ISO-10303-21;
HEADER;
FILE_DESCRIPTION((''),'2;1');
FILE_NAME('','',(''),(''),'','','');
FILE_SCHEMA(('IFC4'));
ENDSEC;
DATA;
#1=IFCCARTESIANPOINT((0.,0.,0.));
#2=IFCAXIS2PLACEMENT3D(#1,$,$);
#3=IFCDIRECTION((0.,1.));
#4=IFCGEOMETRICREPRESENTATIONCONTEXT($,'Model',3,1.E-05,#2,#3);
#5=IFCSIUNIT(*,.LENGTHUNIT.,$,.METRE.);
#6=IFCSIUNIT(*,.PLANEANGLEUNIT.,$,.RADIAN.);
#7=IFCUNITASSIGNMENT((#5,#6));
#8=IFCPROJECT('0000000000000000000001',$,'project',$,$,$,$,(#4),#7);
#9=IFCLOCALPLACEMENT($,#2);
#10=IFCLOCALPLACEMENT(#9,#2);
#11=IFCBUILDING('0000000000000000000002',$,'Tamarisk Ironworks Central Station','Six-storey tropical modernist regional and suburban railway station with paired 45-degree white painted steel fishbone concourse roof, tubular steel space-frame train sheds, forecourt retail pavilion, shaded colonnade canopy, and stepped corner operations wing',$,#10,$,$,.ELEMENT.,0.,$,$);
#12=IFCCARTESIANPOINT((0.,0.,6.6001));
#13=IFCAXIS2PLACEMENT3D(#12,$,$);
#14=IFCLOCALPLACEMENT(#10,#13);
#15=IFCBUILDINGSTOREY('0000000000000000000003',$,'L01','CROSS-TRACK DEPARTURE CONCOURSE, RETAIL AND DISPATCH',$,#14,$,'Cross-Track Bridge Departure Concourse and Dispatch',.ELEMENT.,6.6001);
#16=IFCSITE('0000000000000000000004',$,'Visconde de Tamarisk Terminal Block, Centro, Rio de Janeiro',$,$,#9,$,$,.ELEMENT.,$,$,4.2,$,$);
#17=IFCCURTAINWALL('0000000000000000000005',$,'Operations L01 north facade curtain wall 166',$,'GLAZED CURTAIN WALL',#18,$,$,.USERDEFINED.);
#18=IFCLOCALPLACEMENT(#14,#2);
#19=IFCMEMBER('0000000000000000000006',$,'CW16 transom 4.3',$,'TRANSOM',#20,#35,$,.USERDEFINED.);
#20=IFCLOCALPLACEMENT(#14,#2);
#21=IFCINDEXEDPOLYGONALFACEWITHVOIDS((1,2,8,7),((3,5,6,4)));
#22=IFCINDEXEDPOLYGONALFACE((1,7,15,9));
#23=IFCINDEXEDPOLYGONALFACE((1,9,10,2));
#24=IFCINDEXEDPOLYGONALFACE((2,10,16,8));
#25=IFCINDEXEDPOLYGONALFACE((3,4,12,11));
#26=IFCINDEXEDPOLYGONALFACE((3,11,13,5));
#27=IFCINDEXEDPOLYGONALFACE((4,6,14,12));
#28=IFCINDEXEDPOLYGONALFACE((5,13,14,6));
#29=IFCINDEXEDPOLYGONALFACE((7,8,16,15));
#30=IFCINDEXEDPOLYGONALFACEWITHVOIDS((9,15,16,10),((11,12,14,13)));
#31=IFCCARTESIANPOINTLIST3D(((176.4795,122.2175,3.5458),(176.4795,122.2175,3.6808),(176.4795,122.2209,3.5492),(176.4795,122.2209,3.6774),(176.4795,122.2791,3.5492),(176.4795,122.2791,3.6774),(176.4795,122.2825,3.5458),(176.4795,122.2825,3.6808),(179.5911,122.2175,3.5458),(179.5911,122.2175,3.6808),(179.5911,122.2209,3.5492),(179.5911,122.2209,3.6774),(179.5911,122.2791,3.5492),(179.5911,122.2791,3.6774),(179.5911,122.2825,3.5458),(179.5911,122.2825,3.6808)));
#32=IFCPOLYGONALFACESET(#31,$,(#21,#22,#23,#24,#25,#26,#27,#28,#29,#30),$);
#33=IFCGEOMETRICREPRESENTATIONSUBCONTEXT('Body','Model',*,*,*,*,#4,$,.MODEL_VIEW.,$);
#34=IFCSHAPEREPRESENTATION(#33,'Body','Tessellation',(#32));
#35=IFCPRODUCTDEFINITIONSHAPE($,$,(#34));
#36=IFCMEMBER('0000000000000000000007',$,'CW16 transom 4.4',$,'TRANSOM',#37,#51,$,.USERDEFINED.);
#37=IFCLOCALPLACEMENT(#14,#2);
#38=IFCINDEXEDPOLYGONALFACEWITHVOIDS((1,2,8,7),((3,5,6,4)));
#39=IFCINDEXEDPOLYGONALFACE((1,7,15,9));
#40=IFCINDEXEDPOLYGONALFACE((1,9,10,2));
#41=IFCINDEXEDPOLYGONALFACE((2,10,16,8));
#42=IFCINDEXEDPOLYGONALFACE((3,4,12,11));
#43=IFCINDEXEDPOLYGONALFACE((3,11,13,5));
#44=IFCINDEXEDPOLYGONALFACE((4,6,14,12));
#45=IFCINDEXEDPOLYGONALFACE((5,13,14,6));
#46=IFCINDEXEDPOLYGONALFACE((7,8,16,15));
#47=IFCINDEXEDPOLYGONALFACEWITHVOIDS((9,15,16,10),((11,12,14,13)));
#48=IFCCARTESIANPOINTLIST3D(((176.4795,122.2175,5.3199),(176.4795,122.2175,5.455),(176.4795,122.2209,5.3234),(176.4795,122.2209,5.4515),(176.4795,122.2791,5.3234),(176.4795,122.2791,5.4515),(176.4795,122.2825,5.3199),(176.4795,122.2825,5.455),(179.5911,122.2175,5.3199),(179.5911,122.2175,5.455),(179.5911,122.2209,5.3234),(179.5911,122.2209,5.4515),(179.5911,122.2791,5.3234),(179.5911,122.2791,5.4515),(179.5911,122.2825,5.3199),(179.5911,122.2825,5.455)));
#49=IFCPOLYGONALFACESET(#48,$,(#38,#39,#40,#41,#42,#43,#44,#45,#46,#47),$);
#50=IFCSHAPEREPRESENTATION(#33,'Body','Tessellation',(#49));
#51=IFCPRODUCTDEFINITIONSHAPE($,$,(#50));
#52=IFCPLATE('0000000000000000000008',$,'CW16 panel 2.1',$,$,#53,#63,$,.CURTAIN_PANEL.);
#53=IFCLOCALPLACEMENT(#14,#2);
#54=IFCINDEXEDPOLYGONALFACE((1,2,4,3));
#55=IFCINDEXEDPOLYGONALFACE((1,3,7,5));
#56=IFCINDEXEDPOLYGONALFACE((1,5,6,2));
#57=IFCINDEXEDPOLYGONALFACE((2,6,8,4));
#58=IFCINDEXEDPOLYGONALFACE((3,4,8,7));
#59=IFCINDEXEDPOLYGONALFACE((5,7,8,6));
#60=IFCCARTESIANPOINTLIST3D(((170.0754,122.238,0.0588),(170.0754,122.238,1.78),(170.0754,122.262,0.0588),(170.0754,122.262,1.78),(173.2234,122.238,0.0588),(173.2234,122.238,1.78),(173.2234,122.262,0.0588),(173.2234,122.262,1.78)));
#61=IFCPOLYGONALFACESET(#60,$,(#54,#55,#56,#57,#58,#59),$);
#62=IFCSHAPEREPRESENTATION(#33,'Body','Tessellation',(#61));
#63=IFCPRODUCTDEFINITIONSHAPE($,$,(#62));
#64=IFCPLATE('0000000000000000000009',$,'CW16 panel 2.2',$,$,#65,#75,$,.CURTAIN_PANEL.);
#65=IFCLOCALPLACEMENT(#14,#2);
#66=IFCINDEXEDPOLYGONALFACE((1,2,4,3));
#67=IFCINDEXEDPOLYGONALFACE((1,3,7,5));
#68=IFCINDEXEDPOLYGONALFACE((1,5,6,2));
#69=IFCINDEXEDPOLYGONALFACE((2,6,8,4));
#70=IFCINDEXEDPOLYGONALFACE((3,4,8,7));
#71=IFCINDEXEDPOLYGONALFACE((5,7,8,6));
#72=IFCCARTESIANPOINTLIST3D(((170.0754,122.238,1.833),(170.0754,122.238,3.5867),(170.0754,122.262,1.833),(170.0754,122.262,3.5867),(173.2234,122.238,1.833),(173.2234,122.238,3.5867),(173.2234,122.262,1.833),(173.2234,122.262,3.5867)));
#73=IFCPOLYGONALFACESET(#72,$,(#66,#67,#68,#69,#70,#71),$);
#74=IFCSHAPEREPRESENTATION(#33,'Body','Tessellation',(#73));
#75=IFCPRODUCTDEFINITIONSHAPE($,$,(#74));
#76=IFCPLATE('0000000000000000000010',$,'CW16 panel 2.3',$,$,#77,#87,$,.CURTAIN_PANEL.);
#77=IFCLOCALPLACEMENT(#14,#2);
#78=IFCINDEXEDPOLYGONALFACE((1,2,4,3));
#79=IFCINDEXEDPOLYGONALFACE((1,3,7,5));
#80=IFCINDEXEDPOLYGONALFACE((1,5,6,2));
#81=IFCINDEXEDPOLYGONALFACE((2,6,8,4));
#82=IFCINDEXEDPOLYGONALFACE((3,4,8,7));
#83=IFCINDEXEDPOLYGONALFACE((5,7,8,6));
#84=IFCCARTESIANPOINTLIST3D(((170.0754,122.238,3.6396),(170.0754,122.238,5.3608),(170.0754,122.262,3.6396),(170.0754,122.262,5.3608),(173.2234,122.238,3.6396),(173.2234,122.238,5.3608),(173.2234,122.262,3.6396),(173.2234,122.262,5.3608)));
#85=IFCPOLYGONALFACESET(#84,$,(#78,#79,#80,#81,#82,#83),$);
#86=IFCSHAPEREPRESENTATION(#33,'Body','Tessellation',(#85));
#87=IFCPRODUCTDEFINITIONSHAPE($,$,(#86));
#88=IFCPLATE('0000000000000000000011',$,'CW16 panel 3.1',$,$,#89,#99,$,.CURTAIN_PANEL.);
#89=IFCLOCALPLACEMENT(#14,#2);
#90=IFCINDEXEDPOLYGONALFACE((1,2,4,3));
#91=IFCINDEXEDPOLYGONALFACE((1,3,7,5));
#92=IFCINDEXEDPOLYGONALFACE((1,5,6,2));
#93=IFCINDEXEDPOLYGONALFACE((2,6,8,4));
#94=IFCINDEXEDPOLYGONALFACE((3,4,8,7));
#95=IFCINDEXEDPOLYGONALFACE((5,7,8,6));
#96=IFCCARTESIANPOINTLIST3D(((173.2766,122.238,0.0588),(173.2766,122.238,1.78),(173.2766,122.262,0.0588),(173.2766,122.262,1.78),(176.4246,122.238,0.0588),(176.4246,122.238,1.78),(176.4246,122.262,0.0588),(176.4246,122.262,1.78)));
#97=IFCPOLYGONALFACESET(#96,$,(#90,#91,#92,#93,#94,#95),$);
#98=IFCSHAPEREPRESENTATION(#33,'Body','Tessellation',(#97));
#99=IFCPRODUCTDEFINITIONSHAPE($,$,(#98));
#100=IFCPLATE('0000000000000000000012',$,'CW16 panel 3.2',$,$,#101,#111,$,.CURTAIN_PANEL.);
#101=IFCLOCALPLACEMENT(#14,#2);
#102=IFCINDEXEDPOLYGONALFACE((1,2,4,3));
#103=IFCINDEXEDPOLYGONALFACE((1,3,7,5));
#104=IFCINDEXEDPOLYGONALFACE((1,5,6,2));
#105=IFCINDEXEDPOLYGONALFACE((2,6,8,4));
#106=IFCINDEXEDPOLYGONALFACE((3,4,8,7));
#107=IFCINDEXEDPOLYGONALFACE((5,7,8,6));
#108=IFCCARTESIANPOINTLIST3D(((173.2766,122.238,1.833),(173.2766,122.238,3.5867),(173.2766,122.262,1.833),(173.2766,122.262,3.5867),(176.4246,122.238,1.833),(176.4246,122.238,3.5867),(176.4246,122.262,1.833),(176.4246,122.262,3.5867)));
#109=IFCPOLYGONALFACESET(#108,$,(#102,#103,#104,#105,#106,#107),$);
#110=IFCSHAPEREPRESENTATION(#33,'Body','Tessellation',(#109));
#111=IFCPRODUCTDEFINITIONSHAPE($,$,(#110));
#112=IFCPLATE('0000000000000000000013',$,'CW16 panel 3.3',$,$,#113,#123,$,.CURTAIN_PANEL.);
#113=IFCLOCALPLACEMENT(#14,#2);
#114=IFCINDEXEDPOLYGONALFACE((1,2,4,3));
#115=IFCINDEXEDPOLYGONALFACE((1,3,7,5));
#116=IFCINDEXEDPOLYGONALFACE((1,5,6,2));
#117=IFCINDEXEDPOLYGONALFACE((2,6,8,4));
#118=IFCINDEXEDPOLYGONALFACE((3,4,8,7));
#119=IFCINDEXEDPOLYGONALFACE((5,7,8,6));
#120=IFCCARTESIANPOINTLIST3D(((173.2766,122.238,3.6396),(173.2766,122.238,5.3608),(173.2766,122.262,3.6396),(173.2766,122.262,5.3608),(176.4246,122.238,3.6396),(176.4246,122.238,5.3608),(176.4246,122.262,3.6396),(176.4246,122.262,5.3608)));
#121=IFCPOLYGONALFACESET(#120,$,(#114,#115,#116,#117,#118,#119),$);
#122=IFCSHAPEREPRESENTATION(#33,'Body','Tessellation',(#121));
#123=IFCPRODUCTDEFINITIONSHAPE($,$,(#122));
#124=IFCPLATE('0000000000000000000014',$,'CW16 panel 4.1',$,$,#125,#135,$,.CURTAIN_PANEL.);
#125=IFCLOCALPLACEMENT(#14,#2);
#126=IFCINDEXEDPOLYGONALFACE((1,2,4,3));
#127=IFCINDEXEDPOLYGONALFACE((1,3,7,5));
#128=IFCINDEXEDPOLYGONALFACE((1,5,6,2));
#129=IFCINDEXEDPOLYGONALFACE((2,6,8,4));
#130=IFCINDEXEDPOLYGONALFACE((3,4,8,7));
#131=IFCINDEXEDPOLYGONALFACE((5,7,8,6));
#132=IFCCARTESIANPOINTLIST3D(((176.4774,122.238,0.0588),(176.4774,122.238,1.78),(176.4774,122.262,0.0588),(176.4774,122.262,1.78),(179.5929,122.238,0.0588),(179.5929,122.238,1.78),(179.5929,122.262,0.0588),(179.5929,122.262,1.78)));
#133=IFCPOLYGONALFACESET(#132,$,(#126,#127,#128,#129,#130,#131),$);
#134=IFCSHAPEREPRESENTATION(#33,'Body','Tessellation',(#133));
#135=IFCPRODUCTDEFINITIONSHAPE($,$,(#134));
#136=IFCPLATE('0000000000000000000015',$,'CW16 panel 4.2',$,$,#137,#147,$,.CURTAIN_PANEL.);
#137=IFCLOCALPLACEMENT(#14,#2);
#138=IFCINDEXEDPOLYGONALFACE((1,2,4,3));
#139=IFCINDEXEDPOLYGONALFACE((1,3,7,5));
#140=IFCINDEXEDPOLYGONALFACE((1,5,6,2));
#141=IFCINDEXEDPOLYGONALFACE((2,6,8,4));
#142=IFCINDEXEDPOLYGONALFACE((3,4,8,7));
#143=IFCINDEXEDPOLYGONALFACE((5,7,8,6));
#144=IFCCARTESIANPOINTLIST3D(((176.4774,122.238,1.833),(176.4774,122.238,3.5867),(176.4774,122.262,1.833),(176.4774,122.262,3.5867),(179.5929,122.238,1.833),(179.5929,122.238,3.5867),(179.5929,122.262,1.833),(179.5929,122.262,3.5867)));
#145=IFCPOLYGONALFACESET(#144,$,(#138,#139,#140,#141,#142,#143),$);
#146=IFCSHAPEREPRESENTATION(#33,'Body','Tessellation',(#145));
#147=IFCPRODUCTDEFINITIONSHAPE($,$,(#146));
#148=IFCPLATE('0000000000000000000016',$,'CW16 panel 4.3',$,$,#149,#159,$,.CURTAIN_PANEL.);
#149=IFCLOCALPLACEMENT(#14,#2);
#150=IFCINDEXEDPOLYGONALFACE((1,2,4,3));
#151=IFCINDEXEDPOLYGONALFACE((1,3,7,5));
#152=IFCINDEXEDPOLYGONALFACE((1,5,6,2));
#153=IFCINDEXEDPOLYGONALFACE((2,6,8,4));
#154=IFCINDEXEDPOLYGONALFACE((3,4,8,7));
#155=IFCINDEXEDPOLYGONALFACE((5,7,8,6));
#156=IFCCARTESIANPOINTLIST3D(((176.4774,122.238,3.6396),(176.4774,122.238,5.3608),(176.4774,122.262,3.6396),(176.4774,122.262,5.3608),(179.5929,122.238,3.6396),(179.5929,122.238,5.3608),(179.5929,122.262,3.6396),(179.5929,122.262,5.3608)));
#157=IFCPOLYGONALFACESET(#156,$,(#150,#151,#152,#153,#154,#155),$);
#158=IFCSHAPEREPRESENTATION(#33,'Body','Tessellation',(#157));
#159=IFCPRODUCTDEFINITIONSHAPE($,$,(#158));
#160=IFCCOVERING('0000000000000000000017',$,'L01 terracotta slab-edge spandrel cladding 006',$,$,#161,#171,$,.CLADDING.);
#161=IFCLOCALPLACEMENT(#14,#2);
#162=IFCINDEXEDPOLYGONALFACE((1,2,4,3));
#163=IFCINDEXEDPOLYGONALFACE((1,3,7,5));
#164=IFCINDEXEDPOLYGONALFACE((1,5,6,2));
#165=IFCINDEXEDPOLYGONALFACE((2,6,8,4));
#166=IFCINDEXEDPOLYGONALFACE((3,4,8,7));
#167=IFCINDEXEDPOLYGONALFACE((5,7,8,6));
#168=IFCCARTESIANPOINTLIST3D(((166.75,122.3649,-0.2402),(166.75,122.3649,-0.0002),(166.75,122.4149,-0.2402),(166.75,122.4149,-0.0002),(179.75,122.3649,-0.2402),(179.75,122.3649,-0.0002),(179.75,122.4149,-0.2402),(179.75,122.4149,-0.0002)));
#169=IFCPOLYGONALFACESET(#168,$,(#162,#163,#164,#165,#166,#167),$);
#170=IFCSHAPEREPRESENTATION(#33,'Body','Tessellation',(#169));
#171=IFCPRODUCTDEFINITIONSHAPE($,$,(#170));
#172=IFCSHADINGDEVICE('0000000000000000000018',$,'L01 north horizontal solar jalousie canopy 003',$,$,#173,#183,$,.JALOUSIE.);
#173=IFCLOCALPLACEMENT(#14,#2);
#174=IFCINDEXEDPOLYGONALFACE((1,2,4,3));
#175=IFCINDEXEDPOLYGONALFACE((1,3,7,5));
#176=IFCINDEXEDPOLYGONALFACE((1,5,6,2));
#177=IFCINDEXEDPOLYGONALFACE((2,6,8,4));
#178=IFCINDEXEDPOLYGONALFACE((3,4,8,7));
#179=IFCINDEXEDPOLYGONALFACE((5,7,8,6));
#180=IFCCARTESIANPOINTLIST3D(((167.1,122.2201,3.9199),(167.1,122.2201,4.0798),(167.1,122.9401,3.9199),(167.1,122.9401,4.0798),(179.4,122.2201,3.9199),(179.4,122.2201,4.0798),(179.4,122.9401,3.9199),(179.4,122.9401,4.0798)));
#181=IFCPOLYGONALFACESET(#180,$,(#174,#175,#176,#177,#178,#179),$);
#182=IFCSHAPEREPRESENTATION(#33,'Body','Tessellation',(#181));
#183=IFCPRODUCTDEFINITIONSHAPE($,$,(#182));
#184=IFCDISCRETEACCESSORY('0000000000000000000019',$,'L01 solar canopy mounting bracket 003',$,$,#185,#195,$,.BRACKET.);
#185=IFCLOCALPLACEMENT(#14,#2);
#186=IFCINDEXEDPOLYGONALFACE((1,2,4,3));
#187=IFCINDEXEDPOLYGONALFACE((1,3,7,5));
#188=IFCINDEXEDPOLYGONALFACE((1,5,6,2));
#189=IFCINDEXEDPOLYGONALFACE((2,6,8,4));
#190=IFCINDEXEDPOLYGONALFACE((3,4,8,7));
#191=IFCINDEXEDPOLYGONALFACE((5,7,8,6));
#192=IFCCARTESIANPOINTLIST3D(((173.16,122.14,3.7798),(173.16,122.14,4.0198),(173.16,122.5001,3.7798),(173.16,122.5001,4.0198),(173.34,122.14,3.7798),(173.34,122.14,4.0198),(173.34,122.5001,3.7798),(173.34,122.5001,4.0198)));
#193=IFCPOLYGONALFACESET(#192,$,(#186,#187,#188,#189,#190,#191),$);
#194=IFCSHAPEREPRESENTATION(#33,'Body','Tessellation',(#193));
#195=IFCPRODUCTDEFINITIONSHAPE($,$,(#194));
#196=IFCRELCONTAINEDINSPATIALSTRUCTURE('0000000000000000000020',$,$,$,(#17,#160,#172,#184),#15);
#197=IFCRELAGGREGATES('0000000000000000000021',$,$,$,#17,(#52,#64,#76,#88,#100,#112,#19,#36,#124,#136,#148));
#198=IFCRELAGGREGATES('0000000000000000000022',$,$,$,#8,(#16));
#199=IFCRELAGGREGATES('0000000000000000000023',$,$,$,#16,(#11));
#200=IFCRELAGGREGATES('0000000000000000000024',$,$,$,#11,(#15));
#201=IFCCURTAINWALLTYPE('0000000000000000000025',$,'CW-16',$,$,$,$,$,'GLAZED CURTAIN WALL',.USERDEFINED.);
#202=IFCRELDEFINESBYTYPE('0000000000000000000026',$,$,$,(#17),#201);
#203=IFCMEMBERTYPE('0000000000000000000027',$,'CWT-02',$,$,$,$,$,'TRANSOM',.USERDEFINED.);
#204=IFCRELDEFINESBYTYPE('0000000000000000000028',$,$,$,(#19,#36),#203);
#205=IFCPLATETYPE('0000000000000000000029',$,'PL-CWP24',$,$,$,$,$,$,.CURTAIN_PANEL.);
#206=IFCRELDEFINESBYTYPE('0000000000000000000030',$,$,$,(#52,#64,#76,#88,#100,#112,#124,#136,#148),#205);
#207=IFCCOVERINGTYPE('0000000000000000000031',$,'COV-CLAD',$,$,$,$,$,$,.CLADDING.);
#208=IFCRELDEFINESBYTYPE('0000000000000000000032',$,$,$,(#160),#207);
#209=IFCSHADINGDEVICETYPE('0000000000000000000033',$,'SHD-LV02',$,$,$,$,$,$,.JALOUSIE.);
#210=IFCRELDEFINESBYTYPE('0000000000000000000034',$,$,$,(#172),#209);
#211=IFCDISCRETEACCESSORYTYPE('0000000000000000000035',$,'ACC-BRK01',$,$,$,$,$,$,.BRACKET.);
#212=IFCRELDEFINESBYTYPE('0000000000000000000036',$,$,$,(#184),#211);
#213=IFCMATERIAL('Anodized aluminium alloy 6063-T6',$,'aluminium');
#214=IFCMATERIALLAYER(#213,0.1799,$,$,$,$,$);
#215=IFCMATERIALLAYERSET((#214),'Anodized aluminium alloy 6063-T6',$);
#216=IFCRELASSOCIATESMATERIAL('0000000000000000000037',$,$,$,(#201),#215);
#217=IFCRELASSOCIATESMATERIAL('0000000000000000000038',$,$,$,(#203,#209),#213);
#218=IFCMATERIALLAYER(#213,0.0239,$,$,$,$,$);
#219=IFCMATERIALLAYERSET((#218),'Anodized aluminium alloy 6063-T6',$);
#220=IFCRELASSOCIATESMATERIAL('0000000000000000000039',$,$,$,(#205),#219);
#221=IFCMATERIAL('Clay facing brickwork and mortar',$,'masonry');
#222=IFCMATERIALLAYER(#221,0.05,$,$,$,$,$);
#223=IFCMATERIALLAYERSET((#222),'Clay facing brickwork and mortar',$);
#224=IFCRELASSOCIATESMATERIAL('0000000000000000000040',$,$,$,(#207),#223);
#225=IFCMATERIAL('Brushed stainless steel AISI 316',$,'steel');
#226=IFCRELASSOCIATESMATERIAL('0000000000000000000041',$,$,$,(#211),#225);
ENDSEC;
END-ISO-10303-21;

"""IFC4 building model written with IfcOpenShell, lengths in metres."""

from ifc_helpers import new_model, si_unit, direction, frame, origin, origin_2d, place, context, subcontext, project, spatial, rectangle, hollow_rectangle, extrude, material, layer, layer_set, material_profile, profile_set, type_object, element, aggregate, save


model = new_model("IFC4")

# Units and contexts
model_context = context("Model", 3, precision=1e-05, world=origin(), true_north=direction((0.0, 1.0)))
body_context = subcontext(model_context, "Body", "Model", "MODEL_VIEW")
ifc_project = project(units=[si_unit("LENGTHUNIT", "METRE"), si_unit("PLANEANGLEUNIT", "RADIAN")], contexts=[model_context])

# Site, building, storey
site_placement = place(None, origin())
site = spatial("IfcSite", under=ifc_project, at=site_placement, Name="Visconde de Tamarisk Terminal Block, Centro, Rio de Janeiro", CompositionType="ELEMENT", RefElevation=4.2)
building_placement = place(site_placement, origin())
building = spatial("IfcBuilding", under=site, at=building_placement, Name="Tamarisk Ironworks Central Station", Description="Six-storey tropical modernist regional and suburban railway station with paired 45-degree white painted steel fishbone concourse roof, tubular steel space-frame train sheds, forecourt retail pavilion, shaded colonnade canopy, and stepped corner operations wing", CompositionType="ELEMENT", ElevationOfRefHeight=0.0)
storey_placement = place(building_placement, frame((0.0, 0.0, 6.6001)))
storey = spatial("IfcBuildingStorey", under=building, at=storey_placement, Name="L01", Description="CROSS-TRACK DEPARTURE CONCOURSE, RETAIL AND DISPATCH", LongName="Cross-Track Bridge Departure Concourse and Dispatch", CompositionType="ELEMENT", Elevation=6.6001)

# Curtain wall, members, plates
ifc_material_1 = material(Name="Anodized aluminium alloy 6063-T6", Category="aluminium")
ifc_layer_1 = layer(ifc_material_1, 0.1799)
ifc_layer_set_1 = layer_set([ifc_layer_1], Name="Anodized aluminium alloy 6063-T6")
curtain_wall_type = type_object("IfcCurtainWallType", Name="CW-16", ElementType="GLAZED CURTAIN WALL", PredefinedType="USERDEFINED", material=ifc_layer_set_1)
curtain_wall_placement = place(storey_placement, origin())
curtain_wall = element("IfcCurtainWall", 1, at=curtain_wall_placement, inside=storey, type_object=curtain_wall_type, Name="Operations L01 north facade curtain wall 166", ObjectType="GLAZED CURTAIN WALL", PredefinedType="USERDEFINED")
ifc_material_profile_1 = material_profile(ifc_material_1, hollow_rectangle(XDim=0.0649, YDim=0.135, WallThickness=0.0034, at=origin_2d()), Name="ALUM 135x65")
ifc_profile_set_1 = profile_set([ifc_material_profile_1], Name="Anodized aluminium alloy 6063-T6")
member_type_1 = type_object("IfcMemberType", Name="CWT-02", ElementType="TRANSOM", PredefinedType="USERDEFINED", material=ifc_profile_set_1)
member_1_placement = place(storey_placement, frame((176.4795, 122.25, 3.6133), z_axis=(1.0, 0.0, 0.0), x_axis=(0.0, 1.0, 0.0)))
member_1 = element("IfcMember", 2, at=member_1_placement, type_object=member_type_1, Name="CW16 transom 4.3", ObjectType="TRANSOM", PredefinedType="USERDEFINED", context=body_context, shape_type="SweptSolid", body=[
    extrude(hollow_rectangle(XDim=0.0649, YDim=0.135, WallThickness=0.0034, at=origin_2d()), origin(), (0.0, 0.0, 1.0), 3.1116),
])
member_2_placement = place(storey_placement, frame((176.4795, 122.25, 5.3875), z_axis=(1.0, 0.0, 0.0), x_axis=(0.0, 1.0, 0.0)))
member_2 = element("IfcMember", 3, at=member_2_placement, type_object=member_type_1, Name="CW16 transom 4.4", ObjectType="TRANSOM", PredefinedType="USERDEFINED", context=body_context, shape_type="SweptSolid", body=[
    extrude(hollow_rectangle(XDim=0.0649, YDim=0.135, WallThickness=0.0034, at=origin_2d()), origin(), (0.0, 0.0, 1.0), 3.1116),
])
ifc_layer_2 = layer(ifc_material_1, 0.0239)
ifc_layer_set_2 = layer_set([ifc_layer_2], Name="Anodized aluminium alloy 6063-T6")
plate_type = type_object("IfcPlateType", Name="PL-CWP24", PredefinedType="CURTAIN_PANEL", material=ifc_layer_set_2)
plate_1_placement = place(storey_placement, frame((171.6494, 122.25, 0.0588), z_axis=(0.0, 0.0, 1.0), x_axis=(1.0, 0.0, 0.0)))
plate_1 = element("IfcPlate", 4, at=plate_1_placement, type_object=plate_type, Name="CW16 panel 2.1", PredefinedType="CURTAIN_PANEL", context=body_context, shape_type="SweptSolid", body=[
    extrude(rectangle(XDim=3.1479, YDim=0.0239, at=origin_2d()), origin(), (0.0, 0.0, 1.0), 1.7212),
])
plate_2_placement = place(storey_placement, frame((171.6494, 122.25, 1.833), z_axis=(0.0, 0.0, 1.0), x_axis=(1.0, 0.0, 0.0)))
plate_2 = element("IfcPlate", 5, at=plate_2_placement, type_object=plate_type, Name="CW16 panel 2.2", PredefinedType="CURTAIN_PANEL", context=body_context, shape_type="SweptSolid", body=[
    extrude(rectangle(XDim=3.1479, YDim=0.0239, at=origin_2d()), origin(), (0.0, 0.0, 1.0), 1.7537),
])
plate_3_placement = place(storey_placement, frame((171.6494, 122.25, 3.6396), z_axis=(0.0, 0.0, 1.0), x_axis=(1.0, 0.0, 0.0)))
plate_3 = element("IfcPlate", 6, at=plate_3_placement, type_object=plate_type, Name="CW16 panel 2.3", PredefinedType="CURTAIN_PANEL", context=body_context, shape_type="SweptSolid", body=[
    extrude(rectangle(XDim=3.1479, YDim=0.0239, at=origin_2d()), origin(), (0.0, 0.0, 1.0), 1.7212),
])
plate_4_placement = place(storey_placement, frame((174.8506, 122.25, 0.0588), z_axis=(0.0, 0.0, 1.0), x_axis=(1.0, 0.0, 0.0)))
plate_4 = element("IfcPlate", 7, at=plate_4_placement, type_object=plate_type, Name="CW16 panel 3.1", PredefinedType="CURTAIN_PANEL", context=body_context, shape_type="SweptSolid", body=[
    extrude(rectangle(XDim=3.1479, YDim=0.0239, at=origin_2d()), origin(), (0.0, 0.0, 1.0), 1.7212),
])
plate_5_placement = place(storey_placement, frame((174.8506, 122.25, 1.833), z_axis=(0.0, 0.0, 1.0), x_axis=(1.0, 0.0, 0.0)))
plate_5 = element("IfcPlate", 8, at=plate_5_placement, type_object=plate_type, Name="CW16 panel 3.2", PredefinedType="CURTAIN_PANEL", context=body_context, shape_type="SweptSolid", body=[
    extrude(rectangle(XDim=3.1479, YDim=0.0239, at=origin_2d()), origin(), (0.0, 0.0, 1.0), 1.7537),
])
plate_6_placement = place(storey_placement, frame((174.8506, 122.25, 3.6396), z_axis=(0.0, 0.0, 1.0), x_axis=(1.0, 0.0, 0.0)))
plate_6 = element("IfcPlate", 9, at=plate_6_placement, type_object=plate_type, Name="CW16 panel 3.3", PredefinedType="CURTAIN_PANEL", context=body_context, shape_type="SweptSolid", body=[
    extrude(rectangle(XDim=3.1479, YDim=0.0239, at=origin_2d()), origin(), (0.0, 0.0, 1.0), 1.7212),
])
plate_7_placement = place(storey_placement, frame((178.0352, 122.25, 0.0588), z_axis=(0.0, 0.0, 1.0), x_axis=(1.0, 0.0, 0.0)))
plate_7 = element("IfcPlate", 10, at=plate_7_placement, type_object=plate_type, Name="CW16 panel 4.1", PredefinedType="CURTAIN_PANEL", context=body_context, shape_type="SweptSolid", body=[
    extrude(rectangle(XDim=3.1155, YDim=0.0239, at=origin_2d()), origin(), (0.0, 0.0, 1.0), 1.7212),
])
plate_8_placement = place(storey_placement, frame((178.0352, 122.25, 1.833), z_axis=(0.0, 0.0, 1.0), x_axis=(1.0, 0.0, 0.0)))
plate_8 = element("IfcPlate", 11, at=plate_8_placement, type_object=plate_type, Name="CW16 panel 4.2", PredefinedType="CURTAIN_PANEL", context=body_context, shape_type="SweptSolid", body=[
    extrude(rectangle(XDim=3.1155, YDim=0.0239, at=origin_2d()), origin(), (0.0, 0.0, 1.0), 1.7537),
])
plate_9_placement = place(storey_placement, frame((178.0352, 122.25, 3.6396), z_axis=(0.0, 0.0, 1.0), x_axis=(1.0, 0.0, 0.0)))
plate_9 = element("IfcPlate", 12, at=plate_9_placement, type_object=plate_type, Name="CW16 panel 4.3", PredefinedType="CURTAIN_PANEL", context=body_context, shape_type="SweptSolid", body=[
    extrude(rectangle(XDim=3.1155, YDim=0.0239, at=origin_2d()), origin(), (0.0, 0.0, 1.0), 1.7212),
])
aggregate(curtain_wall, [plate_1, plate_2, plate_3, plate_4, plate_5, plate_6, member_1, member_2, plate_7, plate_8, plate_9])

# Covering
ifc_material_2 = material(Name="Clay facing brickwork and mortar", Category="masonry")
ifc_layer_3 = layer(ifc_material_2, 0.05)
ifc_layer_set_3 = layer_set([ifc_layer_3], Name="Clay facing brickwork and mortar")
covering_type = type_object("IfcCoveringType", Name="COV-CLAD", PredefinedType="CLADDING", material=ifc_layer_set_3)
covering_placement = place(storey_placement, frame((173.25, 122.3899, -0.2402), z_axis=(0.0, 0.0, 1.0), x_axis=(1.0, 0.0, 0.0)))
element("IfcCovering", 13, at=covering_placement, inside=storey, type_object=covering_type, Name="L01 terracotta slab-edge spandrel cladding 006", PredefinedType="CLADDING", context=body_context, shape_type="SweptSolid", body=[
    extrude(rectangle(XDim=13.0, YDim=0.05, at=origin_2d()), origin(), (0.0, 0.0, 1.0), 0.24),
])

# Shading device
shading_device_type = type_object("IfcShadingDeviceType", Name="SHD-LV02", PredefinedType="JALOUSIE", material=ifc_material_1)
shading_device_placement = place(storey_placement, frame((173.25, 122.5801, 3.9199), z_axis=(0.0, 0.0, 1.0), x_axis=(1.0, 0.0, 0.0)))
element("IfcShadingDevice", 14, at=shading_device_placement, inside=storey, type_object=shading_device_type, Name="L01 north horizontal solar jalousie canopy 003", PredefinedType="JALOUSIE", context=body_context, shape_type="SweptSolid", body=[
    extrude(rectangle(XDim=12.3, YDim=0.72, at=origin_2d()), origin(), (0.0, 0.0, 1.0), 0.1599),
])

# Discrete accessory
ifc_material_3 = material(Name="Brushed stainless steel AISI 316", Category="steel")
discrete_accessory_type = type_object("IfcDiscreteAccessoryType", Name="ACC-BRK01", PredefinedType="BRACKET", material=ifc_material_3)
discrete_accessory_placement = place(storey_placement, frame((173.25, 122.3201, 3.7798), z_axis=(0.0, 0.0, 1.0), x_axis=(1.0, 0.0, 0.0)))
element("IfcDiscreteAccessory", 15, at=discrete_accessory_placement, inside=storey, type_object=discrete_accessory_type, Name="L01 solar canopy mounting bracket 003", PredefinedType="BRACKET", context=body_context, shape_type="SweptSolid", body=[
    extrude(rectangle(XDim=0.1799, YDim=0.3601, at=origin_2d()), origin(), (0.0, 0.0, 1.0), 0.24),
])

save(model, "model.ifc")
